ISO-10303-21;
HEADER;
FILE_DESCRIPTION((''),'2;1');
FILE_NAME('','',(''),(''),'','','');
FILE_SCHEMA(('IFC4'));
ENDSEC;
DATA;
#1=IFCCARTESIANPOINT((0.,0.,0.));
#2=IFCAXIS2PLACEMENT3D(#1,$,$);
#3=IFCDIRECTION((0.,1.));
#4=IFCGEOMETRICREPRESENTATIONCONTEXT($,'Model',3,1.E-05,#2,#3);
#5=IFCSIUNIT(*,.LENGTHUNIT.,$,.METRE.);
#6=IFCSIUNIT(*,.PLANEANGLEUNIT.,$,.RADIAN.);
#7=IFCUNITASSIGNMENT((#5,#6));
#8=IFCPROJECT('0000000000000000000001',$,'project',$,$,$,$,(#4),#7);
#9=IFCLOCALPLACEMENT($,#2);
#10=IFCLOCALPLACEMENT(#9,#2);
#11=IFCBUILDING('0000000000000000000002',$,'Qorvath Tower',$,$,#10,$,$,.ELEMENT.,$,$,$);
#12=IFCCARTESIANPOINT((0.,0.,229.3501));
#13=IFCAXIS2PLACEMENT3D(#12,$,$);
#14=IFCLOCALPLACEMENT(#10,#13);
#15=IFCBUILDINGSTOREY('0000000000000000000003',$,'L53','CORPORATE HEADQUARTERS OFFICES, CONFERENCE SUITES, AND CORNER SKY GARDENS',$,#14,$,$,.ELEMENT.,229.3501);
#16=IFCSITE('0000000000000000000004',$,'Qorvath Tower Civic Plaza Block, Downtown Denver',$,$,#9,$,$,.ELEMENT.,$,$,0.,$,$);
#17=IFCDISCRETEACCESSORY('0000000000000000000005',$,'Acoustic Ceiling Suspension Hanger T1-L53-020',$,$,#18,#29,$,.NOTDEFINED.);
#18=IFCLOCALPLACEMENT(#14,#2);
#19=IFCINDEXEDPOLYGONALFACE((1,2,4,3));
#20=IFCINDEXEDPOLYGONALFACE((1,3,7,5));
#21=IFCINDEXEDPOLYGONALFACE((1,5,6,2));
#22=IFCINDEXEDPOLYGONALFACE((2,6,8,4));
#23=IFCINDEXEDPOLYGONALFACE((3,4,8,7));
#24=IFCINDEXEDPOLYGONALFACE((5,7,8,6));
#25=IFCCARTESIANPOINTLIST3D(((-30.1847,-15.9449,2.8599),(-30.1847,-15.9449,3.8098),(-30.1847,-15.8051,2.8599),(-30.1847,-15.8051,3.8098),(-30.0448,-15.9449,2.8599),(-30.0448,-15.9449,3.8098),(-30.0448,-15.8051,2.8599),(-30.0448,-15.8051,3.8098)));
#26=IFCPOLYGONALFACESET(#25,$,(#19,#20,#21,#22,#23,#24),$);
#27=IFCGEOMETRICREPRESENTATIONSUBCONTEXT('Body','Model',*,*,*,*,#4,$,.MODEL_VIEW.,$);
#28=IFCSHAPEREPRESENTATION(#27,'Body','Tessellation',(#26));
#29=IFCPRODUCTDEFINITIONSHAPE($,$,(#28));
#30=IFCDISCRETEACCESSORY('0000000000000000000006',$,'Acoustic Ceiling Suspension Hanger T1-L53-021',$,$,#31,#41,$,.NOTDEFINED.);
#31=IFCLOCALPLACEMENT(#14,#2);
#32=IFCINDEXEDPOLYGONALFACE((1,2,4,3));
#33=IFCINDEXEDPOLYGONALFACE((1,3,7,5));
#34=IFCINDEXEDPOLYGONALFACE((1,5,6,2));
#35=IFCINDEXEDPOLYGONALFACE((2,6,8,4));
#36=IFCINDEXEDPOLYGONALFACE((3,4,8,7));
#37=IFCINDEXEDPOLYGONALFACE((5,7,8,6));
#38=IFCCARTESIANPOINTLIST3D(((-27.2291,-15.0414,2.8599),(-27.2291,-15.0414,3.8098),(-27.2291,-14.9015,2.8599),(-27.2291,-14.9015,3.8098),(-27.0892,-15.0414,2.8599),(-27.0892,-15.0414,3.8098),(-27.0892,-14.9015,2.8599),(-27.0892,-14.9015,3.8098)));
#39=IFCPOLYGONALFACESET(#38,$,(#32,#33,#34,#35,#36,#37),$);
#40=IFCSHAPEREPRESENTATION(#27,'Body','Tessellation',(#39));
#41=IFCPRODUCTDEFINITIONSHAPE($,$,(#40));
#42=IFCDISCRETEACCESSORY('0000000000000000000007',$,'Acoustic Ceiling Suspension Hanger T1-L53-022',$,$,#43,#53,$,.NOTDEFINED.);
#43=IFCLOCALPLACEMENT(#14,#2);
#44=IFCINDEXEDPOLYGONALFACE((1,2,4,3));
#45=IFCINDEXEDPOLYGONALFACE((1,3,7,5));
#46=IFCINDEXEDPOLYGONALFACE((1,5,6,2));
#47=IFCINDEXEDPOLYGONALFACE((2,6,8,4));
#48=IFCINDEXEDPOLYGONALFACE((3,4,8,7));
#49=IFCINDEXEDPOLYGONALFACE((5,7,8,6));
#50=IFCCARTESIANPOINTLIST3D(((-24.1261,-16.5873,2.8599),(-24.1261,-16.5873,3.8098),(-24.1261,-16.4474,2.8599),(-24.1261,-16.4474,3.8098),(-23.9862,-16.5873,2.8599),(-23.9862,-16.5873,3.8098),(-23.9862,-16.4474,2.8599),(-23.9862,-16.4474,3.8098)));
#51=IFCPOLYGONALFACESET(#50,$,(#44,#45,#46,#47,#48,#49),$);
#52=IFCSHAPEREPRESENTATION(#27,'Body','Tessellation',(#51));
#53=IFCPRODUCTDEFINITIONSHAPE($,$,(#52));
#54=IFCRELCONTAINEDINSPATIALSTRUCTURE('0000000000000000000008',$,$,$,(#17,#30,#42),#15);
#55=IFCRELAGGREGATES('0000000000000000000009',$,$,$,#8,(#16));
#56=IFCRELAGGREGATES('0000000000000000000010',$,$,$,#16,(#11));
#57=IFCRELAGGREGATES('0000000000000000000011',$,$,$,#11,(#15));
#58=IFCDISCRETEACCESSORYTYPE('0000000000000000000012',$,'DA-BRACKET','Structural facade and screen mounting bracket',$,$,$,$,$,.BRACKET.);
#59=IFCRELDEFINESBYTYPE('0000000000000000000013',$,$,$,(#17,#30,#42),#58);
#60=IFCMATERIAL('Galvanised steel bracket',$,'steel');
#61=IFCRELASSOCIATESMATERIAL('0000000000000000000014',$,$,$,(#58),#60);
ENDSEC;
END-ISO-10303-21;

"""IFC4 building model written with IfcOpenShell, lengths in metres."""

from ifc_helpers import new_model, si_unit, direction, frame, origin, origin_2d, place, context, subcontext, project, spatial, rectangle, extrude, material, type_object, element, save


model = new_model("IFC4")

# Units and contexts
model_context = context("Model", 3, precision=1e-05, world=origin(), true_north=direction((0.0, 1.0)))
body_context = subcontext(model_context, "Body", "Model", "MODEL_VIEW")
ifc_project = project(units=[si_unit("LENGTHUNIT", "METRE"), si_unit("PLANEANGLEUNIT", "RADIAN")], contexts=[model_context])

# Site, building, storey
site_placement = place(None, origin())
site = spatial("IfcSite", under=ifc_project, at=site_placement, Name="Qorvath Tower Civic Plaza Block, Downtown Denver", CompositionType="ELEMENT", RefElevation=0.0)
building_placement = place(site_placement, origin())
building = spatial("IfcBuilding", under=site, at=building_placement, Name="Qorvath Tower", CompositionType="ELEMENT")
storey_placement = place(building_placement, frame((0.0, 0.0, 229.3501)))
storey = spatial("IfcBuildingStorey", under=building, at=storey_placement, Name="L53", Description="CORPORATE HEADQUARTERS OFFICES, CONFERENCE SUITES, AND CORNER SKY GARDENS", CompositionType="ELEMENT", Elevation=229.3501)

# Discrete accessories
ifc_material_1 = material(Name="Galvanised steel bracket", Category="steel")
discrete_accessory_type = type_object("IfcDiscreteAccessoryType", Name="DA-BRACKET", Description="Structural facade and screen mounting bracket", PredefinedType="BRACKET", material=ifc_material_1)
for number, where, z_axis, x_axis, name in (
    (1, (-30.1147, -15.875, 2.8599), (0.0, 0.0, 1.0), (1.0, 0.0, 0.0), "Acoustic Ceiling Suspension Hanger T1-L53-020"),
    (2, (-27.1592, -14.9714, 2.8599), (0.0, 0.0, 1.0), (1.0, 0.0, 0.0), "Acoustic Ceiling Suspension Hanger T1-L53-021"),
    (3, (-24.0562, -16.5173, 2.8599), (0.0, 0.0, 1.0), (1.0, 0.0, 0.0), "Acoustic Ceiling Suspension Hanger T1-L53-022"),
):
    element("IfcDiscreteAccessory", number, at=place(storey_placement, frame(where, z_axis=z_axis, x_axis=x_axis)), inside=storey, type_object=discrete_accessory_type, Name=name, PredefinedType="NOTDEFINED", context=body_context, shape_type="SweptSolid", body=[
        extrude(rectangle(XDim=0.1399, YDim=0.1399, at=origin_2d()), origin(), (0.0, 0.0, 1.0), 0.95),
    ])

save(model, "model.ifc")
